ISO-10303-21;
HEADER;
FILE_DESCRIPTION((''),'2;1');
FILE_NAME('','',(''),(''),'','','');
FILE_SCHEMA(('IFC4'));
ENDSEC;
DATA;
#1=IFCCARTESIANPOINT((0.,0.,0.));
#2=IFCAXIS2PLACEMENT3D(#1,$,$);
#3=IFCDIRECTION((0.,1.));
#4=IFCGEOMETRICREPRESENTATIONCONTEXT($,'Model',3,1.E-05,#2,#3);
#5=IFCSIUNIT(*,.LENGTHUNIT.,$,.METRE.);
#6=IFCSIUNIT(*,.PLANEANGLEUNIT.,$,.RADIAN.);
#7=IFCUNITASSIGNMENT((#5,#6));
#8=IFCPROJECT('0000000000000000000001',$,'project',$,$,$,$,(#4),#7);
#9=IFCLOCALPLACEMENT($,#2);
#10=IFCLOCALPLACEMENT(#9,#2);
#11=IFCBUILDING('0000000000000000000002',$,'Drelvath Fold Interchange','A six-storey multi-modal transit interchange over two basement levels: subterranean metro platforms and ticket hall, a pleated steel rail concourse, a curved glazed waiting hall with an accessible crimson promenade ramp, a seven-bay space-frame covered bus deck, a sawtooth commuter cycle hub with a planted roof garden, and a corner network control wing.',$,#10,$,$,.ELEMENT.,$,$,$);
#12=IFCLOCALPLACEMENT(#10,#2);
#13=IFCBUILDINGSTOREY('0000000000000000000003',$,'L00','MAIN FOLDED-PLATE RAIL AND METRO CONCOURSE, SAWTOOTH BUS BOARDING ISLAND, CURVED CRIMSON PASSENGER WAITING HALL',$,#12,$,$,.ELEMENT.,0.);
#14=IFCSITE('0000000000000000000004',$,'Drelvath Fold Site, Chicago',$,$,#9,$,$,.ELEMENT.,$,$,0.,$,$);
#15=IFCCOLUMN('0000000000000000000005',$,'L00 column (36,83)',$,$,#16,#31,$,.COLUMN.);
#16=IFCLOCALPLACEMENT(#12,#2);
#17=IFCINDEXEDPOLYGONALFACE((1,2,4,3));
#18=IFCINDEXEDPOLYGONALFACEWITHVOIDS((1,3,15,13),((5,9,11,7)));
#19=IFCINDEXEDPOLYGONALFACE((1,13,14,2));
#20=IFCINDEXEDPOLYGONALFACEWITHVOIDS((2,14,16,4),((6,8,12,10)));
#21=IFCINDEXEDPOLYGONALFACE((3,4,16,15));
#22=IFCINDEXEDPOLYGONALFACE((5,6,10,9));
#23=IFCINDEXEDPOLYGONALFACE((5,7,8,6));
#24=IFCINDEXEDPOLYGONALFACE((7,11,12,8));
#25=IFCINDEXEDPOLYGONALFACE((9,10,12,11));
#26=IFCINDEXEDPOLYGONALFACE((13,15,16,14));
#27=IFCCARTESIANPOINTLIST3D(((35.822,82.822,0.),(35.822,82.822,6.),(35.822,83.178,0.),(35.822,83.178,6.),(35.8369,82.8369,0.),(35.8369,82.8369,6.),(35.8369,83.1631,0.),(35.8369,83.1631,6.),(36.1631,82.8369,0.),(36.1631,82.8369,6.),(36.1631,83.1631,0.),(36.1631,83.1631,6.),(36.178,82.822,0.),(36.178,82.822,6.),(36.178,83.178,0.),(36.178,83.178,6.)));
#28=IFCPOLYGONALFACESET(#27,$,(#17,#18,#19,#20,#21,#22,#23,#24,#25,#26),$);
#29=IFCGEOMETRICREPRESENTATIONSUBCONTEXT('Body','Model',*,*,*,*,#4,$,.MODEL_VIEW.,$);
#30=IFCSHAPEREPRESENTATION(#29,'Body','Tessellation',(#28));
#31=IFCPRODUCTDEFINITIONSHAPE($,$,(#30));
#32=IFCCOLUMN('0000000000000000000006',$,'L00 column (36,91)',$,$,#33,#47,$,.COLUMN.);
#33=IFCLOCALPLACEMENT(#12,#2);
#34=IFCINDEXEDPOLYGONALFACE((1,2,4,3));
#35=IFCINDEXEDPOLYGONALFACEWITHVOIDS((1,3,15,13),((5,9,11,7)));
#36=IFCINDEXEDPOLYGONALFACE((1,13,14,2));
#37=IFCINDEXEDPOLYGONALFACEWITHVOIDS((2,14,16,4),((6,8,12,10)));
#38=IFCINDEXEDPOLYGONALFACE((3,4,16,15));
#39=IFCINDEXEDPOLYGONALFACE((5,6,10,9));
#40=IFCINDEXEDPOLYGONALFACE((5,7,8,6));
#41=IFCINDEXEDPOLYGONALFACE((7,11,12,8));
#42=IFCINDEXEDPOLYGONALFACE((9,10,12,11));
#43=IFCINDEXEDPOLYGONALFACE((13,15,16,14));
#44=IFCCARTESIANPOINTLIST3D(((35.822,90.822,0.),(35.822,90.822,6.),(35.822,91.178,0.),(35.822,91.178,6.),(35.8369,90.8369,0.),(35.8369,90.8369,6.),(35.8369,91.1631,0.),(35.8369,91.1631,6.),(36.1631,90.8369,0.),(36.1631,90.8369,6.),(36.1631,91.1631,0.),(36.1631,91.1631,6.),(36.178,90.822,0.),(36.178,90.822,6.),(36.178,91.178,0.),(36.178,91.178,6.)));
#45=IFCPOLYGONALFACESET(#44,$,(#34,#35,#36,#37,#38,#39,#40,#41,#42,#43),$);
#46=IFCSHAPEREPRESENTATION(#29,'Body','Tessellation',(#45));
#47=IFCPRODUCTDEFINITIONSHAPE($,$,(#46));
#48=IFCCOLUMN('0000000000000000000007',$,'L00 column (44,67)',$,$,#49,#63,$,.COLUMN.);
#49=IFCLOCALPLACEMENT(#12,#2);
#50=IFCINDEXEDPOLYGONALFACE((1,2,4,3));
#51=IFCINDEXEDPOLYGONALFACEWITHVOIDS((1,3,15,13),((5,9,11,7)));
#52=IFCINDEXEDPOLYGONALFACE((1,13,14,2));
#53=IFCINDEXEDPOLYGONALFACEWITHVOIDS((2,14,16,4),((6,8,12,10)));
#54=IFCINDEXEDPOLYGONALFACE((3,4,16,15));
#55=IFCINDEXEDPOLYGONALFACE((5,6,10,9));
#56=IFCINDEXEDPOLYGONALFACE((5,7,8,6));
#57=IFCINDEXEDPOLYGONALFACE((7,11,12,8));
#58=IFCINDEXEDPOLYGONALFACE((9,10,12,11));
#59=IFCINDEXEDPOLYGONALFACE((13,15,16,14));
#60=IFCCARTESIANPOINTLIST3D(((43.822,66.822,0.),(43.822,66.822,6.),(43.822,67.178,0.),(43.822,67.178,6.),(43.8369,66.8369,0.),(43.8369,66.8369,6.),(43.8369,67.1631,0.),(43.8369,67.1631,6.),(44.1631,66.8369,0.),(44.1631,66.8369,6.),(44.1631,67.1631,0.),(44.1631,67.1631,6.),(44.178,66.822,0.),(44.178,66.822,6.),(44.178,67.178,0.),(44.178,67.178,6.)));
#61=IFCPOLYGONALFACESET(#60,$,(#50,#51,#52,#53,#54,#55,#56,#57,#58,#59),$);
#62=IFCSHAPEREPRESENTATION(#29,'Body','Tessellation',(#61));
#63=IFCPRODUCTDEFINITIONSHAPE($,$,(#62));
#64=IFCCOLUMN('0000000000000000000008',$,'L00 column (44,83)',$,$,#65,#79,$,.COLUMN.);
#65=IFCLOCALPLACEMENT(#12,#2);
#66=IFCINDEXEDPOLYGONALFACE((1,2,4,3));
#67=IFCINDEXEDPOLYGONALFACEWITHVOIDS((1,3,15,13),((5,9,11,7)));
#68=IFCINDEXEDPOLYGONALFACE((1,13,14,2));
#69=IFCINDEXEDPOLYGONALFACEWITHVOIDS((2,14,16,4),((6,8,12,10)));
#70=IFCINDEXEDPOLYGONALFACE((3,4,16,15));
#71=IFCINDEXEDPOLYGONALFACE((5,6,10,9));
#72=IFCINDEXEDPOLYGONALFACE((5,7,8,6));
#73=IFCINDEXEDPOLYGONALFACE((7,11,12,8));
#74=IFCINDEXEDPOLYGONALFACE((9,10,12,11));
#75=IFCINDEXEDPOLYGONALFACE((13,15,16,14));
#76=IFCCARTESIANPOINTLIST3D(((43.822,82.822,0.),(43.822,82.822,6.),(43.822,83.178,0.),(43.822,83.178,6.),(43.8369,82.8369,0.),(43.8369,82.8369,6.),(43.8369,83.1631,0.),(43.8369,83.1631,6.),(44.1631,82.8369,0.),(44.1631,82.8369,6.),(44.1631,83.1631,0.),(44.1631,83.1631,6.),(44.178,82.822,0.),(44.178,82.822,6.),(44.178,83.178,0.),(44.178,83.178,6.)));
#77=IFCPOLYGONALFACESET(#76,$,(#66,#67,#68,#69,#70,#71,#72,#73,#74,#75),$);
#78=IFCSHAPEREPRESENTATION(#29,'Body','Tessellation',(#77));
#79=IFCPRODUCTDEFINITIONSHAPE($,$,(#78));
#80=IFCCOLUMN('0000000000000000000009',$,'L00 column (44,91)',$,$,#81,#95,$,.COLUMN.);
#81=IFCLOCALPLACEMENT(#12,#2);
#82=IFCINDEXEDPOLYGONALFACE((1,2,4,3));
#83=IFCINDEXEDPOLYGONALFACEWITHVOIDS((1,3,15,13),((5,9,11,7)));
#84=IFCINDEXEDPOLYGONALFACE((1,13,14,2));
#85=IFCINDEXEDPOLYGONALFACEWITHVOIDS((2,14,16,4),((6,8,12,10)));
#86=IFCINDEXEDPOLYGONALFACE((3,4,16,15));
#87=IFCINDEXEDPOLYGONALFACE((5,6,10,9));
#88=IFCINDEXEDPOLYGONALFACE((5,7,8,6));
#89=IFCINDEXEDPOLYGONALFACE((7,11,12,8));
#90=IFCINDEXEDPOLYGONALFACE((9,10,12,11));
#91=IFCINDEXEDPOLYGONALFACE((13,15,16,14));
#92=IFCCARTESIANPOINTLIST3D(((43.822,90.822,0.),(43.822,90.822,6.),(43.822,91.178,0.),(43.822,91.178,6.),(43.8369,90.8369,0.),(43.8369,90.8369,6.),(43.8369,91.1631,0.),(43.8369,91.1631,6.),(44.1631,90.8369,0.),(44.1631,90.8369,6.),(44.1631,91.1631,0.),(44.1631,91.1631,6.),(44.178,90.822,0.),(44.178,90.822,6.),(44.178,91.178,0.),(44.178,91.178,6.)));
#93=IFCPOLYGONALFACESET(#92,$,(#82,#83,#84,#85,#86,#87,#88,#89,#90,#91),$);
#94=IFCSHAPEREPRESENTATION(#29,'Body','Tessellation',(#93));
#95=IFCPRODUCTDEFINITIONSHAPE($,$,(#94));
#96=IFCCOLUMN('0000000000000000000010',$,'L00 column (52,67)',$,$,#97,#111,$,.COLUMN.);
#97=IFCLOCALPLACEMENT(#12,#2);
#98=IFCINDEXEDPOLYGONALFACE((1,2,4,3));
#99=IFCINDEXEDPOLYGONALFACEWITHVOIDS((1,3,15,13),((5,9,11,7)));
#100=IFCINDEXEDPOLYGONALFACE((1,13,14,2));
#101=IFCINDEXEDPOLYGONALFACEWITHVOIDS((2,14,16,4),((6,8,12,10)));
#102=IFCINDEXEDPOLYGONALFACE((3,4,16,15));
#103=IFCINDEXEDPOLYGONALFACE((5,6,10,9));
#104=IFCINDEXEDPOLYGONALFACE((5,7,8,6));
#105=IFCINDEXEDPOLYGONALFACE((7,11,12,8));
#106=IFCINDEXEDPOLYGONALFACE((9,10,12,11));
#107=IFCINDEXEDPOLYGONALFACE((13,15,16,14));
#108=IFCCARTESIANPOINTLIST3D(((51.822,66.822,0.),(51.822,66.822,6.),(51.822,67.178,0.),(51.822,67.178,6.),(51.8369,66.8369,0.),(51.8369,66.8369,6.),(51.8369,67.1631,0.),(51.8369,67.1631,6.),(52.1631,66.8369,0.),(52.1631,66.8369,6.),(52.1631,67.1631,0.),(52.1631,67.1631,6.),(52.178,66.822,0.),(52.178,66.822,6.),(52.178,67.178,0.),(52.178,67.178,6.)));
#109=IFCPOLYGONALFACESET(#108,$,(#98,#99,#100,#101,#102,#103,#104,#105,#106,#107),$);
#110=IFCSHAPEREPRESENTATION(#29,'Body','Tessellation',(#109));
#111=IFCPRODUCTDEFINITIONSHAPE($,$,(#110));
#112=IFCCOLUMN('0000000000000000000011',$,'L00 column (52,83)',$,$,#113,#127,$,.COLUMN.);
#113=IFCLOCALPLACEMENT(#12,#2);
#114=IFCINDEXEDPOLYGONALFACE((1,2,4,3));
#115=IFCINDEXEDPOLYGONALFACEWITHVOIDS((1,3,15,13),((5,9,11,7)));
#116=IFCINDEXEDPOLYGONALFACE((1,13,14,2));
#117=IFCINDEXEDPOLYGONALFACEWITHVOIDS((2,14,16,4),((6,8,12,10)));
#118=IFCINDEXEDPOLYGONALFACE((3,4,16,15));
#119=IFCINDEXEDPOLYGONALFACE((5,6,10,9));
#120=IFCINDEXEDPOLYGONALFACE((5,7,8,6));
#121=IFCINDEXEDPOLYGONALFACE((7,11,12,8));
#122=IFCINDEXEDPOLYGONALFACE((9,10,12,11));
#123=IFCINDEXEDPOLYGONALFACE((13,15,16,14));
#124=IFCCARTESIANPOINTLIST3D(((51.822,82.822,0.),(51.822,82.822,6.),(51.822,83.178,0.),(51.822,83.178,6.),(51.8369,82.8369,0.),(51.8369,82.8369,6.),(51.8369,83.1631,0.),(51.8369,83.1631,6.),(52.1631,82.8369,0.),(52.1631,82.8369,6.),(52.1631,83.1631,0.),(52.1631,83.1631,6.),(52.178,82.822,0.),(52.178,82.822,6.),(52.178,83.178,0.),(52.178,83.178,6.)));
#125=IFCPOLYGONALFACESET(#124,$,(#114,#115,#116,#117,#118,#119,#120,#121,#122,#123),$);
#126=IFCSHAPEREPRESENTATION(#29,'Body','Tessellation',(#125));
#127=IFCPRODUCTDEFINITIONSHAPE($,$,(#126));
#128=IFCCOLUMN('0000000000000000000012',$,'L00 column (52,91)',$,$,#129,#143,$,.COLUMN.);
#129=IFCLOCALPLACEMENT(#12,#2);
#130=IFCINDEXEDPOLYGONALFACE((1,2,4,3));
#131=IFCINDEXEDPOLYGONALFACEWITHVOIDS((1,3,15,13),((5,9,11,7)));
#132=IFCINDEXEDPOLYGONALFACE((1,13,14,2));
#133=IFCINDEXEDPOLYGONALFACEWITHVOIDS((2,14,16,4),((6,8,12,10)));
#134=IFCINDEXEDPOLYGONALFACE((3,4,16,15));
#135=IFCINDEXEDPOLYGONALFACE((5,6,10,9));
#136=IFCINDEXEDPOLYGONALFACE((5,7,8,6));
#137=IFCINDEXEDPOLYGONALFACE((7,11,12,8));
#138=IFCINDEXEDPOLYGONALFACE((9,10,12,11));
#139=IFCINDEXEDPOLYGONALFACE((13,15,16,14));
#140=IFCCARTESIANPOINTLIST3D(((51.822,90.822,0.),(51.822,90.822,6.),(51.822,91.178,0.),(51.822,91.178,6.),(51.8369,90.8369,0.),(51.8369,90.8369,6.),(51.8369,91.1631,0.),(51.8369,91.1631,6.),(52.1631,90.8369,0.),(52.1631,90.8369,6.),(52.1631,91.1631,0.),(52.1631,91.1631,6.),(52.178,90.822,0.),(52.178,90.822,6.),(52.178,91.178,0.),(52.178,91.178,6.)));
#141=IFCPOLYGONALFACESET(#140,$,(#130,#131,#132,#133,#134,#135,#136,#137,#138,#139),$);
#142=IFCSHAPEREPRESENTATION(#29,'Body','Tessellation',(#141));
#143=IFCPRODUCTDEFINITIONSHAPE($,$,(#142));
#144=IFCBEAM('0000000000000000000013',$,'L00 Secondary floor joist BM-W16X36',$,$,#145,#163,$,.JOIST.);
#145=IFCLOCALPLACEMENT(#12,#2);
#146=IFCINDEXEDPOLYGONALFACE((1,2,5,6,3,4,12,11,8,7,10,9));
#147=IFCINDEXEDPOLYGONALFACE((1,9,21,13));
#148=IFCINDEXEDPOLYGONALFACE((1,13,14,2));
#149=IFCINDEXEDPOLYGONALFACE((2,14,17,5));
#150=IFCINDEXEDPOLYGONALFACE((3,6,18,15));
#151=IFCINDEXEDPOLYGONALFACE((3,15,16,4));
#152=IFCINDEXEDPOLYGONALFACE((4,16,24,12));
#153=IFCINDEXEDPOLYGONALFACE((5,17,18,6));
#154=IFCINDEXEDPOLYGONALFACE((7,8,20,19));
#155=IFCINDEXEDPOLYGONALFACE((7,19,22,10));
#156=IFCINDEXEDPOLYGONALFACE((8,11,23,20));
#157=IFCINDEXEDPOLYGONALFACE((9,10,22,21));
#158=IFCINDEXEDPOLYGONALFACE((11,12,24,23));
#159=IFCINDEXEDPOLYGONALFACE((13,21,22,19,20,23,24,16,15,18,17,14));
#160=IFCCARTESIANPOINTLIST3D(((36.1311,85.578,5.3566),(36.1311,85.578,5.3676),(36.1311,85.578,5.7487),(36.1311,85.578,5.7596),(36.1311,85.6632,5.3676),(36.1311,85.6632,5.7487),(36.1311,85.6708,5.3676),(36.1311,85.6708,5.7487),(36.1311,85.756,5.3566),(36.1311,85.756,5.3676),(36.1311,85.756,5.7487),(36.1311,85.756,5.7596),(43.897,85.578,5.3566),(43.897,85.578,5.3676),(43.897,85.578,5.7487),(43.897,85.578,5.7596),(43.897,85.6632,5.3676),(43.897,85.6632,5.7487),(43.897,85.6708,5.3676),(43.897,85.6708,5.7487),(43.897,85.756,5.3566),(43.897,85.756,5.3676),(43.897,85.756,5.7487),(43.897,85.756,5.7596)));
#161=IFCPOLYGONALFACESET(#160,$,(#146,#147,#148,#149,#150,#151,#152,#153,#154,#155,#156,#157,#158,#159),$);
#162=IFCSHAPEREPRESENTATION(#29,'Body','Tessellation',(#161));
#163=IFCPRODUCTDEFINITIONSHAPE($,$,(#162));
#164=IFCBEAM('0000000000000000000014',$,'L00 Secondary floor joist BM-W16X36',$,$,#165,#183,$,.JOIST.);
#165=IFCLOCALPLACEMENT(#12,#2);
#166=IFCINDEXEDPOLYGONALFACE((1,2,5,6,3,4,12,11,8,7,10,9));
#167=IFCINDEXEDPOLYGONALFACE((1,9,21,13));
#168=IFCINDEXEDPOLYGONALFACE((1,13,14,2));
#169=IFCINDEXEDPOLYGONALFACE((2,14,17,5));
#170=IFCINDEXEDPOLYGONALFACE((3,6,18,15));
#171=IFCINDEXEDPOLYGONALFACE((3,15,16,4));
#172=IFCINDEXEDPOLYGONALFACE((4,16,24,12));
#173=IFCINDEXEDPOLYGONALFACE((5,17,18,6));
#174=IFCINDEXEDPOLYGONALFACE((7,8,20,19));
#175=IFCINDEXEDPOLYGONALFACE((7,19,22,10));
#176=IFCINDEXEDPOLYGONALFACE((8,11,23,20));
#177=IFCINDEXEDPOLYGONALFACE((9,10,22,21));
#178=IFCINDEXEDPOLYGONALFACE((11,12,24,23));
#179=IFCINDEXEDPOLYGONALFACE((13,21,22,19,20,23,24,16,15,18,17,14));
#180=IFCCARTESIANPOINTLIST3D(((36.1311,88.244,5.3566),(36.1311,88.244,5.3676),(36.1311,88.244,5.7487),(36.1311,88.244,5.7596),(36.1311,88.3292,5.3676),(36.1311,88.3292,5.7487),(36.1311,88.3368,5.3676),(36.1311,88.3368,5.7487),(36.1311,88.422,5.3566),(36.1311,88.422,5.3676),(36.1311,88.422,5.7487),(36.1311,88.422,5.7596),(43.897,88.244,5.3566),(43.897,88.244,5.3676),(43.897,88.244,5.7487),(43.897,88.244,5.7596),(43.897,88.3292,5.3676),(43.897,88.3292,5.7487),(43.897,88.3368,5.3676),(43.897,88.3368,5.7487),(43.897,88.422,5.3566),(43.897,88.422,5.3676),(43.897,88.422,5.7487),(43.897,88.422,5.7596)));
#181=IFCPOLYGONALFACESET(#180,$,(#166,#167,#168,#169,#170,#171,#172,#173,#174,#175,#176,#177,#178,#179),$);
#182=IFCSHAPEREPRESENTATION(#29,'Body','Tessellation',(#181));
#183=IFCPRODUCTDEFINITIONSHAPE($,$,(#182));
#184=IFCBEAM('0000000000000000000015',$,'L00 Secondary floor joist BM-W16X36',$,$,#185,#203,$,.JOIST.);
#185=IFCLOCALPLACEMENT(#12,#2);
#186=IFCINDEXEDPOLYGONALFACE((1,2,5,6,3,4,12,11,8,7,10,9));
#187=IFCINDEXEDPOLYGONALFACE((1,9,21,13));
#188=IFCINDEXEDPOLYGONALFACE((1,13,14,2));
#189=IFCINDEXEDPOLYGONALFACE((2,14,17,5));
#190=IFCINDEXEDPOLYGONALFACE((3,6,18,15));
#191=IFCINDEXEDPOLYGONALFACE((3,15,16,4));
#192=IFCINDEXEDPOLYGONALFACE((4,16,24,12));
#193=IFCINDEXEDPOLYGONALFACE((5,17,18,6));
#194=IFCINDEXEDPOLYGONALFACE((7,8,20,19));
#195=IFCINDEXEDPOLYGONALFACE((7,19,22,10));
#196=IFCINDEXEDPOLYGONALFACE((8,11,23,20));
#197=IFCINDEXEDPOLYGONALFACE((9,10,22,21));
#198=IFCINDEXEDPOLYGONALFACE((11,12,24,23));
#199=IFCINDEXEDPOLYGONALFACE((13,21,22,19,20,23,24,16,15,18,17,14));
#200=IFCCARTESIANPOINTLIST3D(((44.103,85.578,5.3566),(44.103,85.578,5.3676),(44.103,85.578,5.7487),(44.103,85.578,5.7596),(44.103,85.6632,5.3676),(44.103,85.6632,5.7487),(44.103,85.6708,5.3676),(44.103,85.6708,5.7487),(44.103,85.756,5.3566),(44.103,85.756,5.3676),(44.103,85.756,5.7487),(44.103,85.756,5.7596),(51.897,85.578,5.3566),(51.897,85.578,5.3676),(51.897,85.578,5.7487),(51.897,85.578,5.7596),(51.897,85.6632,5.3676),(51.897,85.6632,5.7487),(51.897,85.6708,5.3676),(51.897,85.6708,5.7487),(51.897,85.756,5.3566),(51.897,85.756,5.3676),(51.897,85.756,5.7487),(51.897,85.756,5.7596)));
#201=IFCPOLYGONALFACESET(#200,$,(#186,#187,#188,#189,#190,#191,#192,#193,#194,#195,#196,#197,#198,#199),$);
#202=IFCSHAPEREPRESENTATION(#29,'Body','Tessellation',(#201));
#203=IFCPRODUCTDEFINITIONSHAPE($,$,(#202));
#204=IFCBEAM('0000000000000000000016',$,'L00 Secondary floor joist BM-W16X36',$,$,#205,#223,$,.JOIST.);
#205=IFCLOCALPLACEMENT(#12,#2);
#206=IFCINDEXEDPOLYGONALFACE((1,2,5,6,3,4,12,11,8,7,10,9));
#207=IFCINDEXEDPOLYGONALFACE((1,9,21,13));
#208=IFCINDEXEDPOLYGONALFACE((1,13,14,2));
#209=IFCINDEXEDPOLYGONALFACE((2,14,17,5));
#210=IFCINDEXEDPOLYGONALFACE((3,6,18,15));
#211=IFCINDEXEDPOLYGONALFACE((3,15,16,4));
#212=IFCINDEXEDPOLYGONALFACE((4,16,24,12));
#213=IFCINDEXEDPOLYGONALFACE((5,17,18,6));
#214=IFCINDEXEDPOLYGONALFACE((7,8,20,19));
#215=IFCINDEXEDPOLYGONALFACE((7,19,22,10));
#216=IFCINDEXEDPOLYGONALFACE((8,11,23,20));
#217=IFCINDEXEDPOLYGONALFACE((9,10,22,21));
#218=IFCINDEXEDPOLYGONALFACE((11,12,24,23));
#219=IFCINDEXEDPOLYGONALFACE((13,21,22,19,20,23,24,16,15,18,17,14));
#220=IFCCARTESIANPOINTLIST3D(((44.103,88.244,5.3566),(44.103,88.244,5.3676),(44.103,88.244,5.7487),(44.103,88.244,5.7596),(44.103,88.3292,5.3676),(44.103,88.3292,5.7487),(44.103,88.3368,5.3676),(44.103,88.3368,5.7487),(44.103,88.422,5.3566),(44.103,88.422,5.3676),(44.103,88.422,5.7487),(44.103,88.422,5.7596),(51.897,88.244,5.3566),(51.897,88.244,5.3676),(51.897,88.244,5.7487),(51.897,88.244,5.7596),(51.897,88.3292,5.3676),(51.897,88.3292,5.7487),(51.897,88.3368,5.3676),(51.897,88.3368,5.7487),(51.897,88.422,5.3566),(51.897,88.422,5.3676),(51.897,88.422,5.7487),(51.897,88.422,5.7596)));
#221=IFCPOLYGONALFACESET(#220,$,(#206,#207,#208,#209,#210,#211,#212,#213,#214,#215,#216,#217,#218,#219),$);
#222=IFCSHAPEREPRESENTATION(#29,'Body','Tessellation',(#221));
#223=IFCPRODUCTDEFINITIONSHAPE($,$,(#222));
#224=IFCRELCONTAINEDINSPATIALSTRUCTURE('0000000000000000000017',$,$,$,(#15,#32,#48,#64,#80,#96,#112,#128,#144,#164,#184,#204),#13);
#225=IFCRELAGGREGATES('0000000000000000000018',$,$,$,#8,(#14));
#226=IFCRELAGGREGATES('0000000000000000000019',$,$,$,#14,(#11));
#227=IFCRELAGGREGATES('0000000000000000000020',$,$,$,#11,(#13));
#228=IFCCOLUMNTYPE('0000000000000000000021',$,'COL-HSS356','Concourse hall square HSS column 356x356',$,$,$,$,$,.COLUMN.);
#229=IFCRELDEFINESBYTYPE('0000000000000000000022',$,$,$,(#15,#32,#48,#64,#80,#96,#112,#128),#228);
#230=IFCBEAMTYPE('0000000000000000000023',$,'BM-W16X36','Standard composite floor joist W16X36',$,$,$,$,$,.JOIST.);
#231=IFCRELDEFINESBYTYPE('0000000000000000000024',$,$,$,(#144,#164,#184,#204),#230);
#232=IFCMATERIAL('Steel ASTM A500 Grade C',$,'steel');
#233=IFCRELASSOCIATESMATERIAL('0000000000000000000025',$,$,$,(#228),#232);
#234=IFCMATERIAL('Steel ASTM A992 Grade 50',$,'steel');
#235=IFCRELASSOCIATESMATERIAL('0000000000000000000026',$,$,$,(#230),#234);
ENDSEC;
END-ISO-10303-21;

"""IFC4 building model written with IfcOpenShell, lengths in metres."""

from ifc_helpers import new_model, si_unit, direction, frame, origin, origin_2d, place, context, subcontext, project, spatial, hollow_rectangle, i_section, extrude, material, material_profile, profile_set, type_object, element, save


model = new_model("IFC4")

# Units and contexts
model_context = context("Model", 3, precision=1e-05, world=origin(), true_north=direction((0.0, 1.0)))
body_context = subcontext(model_context, "Body", "Model", "MODEL_VIEW")
ifc_project = project(units=[si_unit("LENGTHUNIT", "METRE"), si_unit("PLANEANGLEUNIT", "RADIAN")], contexts=[model_context])

# Site, building, storey
site_placement = place(None, origin())
site = spatial("IfcSite", under=ifc_project, at=site_placement, Name="Drelvath Fold Site, Chicago", CompositionType="ELEMENT", RefElevation=0.0)
building_placement = place(site_placement, origin())
building = spatial("IfcBuilding", under=site, at=building_placement, Name="Drelvath Fold Interchange", Description="A six-storey multi-modal transit interchange over two basement levels: subterranean metro platforms and ticket hall, a pleated steel rail concourse, a curved glazed waiting hall with an accessible crimson promenade ramp, a seven-bay space-frame covered bus deck, a sawtooth commuter cycle hub with a planted roof garden, and a corner network control wing.", CompositionType="ELEMENT")
storey_placement = place(building_placement, origin())
storey = spatial("IfcBuildingStorey", under=building, at=storey_placement, Name="L00", Description="MAIN FOLDED-PLATE RAIL AND METRO CONCOURSE, SAWTOOTH BUS BOARDING ISLAND, CURVED CRIMSON PASSENGER WAITING HALL", CompositionType="ELEMENT", Elevation=0.0)

# Columns
ifc_material_1 = material(Name="Steel ASTM A500 Grade C", Category="steel")
ifc_material_profile_1 = material_profile(ifc_material_1, hollow_rectangle(XDim=0.356, YDim=0.356, WallThickness=0.0149, at=origin_2d()), Name="HSS14X14X5/8")
ifc_profile_set_1 = profile_set([ifc_material_profile_1], Name="Steel ASTM A500 Grade C")
column_type = type_object("IfcColumnType", Name="COL-HSS356", Description="Concourse hall square HSS column 356x356", PredefinedType="COLUMN", material=ifc_profile_set_1)
for number, where, z_axis, x_axis, name in (
    (1, (36.0, 83.0, 0.0), (0.0, 0.0, 1.0), (1.0, 0.0, 0.0), "L00 column (36,83)"),
    (2, (36.0, 91.0, 0.0), (0.0, 0.0, 1.0), (1.0, 0.0, 0.0), "L00 column (36,91)"),
    (3, (44.0, 67.0, 0.0), (0.0, 0.0, 1.0), (1.0, 0.0, 0.0), "L00 column (44,67)"),
    (4, (44.0, 83.0, 0.0), (0.0, 0.0, 1.0), (1.0, 0.0, 0.0), "L00 column (44,83)"),
    (5, (44.0, 91.0, 0.0), (0.0, 0.0, 1.0), (1.0, 0.0, 0.0), "L00 column (44,91)"),
    (6, (52.0, 67.0, 0.0), (0.0, 0.0, 1.0), (1.0, 0.0, 0.0), "L00 column (52,67)"),
    (7, (52.0, 83.0, 0.0), (0.0, 0.0, 1.0), (1.0, 0.0, 0.0), "L00 column (52,83)"),
    (8, (52.0, 91.0, 0.0), (0.0, 0.0, 1.0), (1.0, 0.0, 0.0), "L00 column (52,91)"),
):
    element("IfcColumn", number, at=place(storey_placement, frame(where, z_axis=z_axis, x_axis=x_axis)), inside=storey, type_object=column_type, Name=name, PredefinedType="COLUMN", context=body_context, shape_type="SweptSolid", body=[
        extrude(hollow_rectangle(XDim=0.356, YDim=0.356, WallThickness=0.0149, at=origin_2d()), origin(), (0.0, 0.0, 1.0), 6.0),
    ])

# Beams
ifc_material_2 = material(Name="Steel ASTM A992 Grade 50", Category="steel")
ifc_material_profile_2 = material_profile(ifc_material_2, i_section(OverallWidth=0.178, OverallDepth=0.4031, WebThickness=0.0076, FlangeThickness=0.011, at=origin_2d()), Name="W16X36")
ifc_profile_set_2 = profile_set([ifc_material_profile_2], Name="Steel ASTM A992 Grade 50")
beam_type_1 = type_object("IfcBeamType", Name="BM-W16X36", Description="Standard composite floor joist W16X36", PredefinedType="JOIST", material=ifc_profile_set_2)
for number, where, z_axis, x_axis, name in (
    (9, (36.1311, 85.667, 5.5581), (1.0, 0.0, 0.0), (0.0, 1.0, 0.0), "L00 Secondary floor joist BM-W16X36"),
    (10, (36.1311, 88.333, 5.5581), (1.0, 0.0, 0.0), (0.0, 1.0, 0.0), "L00 Secondary floor joist BM-W16X36"),
):
    element("IfcBeam", number, at=place(storey_placement, frame(where, z_axis=z_axis, x_axis=x_axis)), inside=storey, type_object=beam_type_1, Name=name, PredefinedType="JOIST", context=body_context, shape_type="SweptSolid", body=[
        extrude(i_section(OverallWidth=0.178, OverallDepth=0.4031, WebThickness=0.0076, FlangeThickness=0.011, at=origin_2d()), origin(), (0.0, 0.0, 1.0), 7.7659),
    ])
for number, where, z_axis, x_axis, name in (
    (11, (44.103, 85.667, 5.5581), (1.0, 0.0, 0.0), (0.0, 1.0, 0.0), "L00 Secondary floor joist BM-W16X36"),
    (12, (44.103, 88.333, 5.5581), (1.0, 0.0, 0.0), (0.0, 1.0, 0.0), "L00 Secondary floor joist BM-W16X36"),
):
    element("IfcBeam", number, at=place(storey_placement, frame(where, z_axis=z_axis, x_axis=x_axis)), inside=storey, type_object=beam_type_1, Name=name, PredefinedType="JOIST", context=body_context, shape_type="SweptSolid", body=[
        extrude(i_section(OverallWidth=0.178, OverallDepth=0.4031, WebThickness=0.0076, FlangeThickness=0.011, at=origin_2d()), origin(), (0.0, 0.0, 1.0), 7.7939),
    ])

save(model, "model.ifc")
